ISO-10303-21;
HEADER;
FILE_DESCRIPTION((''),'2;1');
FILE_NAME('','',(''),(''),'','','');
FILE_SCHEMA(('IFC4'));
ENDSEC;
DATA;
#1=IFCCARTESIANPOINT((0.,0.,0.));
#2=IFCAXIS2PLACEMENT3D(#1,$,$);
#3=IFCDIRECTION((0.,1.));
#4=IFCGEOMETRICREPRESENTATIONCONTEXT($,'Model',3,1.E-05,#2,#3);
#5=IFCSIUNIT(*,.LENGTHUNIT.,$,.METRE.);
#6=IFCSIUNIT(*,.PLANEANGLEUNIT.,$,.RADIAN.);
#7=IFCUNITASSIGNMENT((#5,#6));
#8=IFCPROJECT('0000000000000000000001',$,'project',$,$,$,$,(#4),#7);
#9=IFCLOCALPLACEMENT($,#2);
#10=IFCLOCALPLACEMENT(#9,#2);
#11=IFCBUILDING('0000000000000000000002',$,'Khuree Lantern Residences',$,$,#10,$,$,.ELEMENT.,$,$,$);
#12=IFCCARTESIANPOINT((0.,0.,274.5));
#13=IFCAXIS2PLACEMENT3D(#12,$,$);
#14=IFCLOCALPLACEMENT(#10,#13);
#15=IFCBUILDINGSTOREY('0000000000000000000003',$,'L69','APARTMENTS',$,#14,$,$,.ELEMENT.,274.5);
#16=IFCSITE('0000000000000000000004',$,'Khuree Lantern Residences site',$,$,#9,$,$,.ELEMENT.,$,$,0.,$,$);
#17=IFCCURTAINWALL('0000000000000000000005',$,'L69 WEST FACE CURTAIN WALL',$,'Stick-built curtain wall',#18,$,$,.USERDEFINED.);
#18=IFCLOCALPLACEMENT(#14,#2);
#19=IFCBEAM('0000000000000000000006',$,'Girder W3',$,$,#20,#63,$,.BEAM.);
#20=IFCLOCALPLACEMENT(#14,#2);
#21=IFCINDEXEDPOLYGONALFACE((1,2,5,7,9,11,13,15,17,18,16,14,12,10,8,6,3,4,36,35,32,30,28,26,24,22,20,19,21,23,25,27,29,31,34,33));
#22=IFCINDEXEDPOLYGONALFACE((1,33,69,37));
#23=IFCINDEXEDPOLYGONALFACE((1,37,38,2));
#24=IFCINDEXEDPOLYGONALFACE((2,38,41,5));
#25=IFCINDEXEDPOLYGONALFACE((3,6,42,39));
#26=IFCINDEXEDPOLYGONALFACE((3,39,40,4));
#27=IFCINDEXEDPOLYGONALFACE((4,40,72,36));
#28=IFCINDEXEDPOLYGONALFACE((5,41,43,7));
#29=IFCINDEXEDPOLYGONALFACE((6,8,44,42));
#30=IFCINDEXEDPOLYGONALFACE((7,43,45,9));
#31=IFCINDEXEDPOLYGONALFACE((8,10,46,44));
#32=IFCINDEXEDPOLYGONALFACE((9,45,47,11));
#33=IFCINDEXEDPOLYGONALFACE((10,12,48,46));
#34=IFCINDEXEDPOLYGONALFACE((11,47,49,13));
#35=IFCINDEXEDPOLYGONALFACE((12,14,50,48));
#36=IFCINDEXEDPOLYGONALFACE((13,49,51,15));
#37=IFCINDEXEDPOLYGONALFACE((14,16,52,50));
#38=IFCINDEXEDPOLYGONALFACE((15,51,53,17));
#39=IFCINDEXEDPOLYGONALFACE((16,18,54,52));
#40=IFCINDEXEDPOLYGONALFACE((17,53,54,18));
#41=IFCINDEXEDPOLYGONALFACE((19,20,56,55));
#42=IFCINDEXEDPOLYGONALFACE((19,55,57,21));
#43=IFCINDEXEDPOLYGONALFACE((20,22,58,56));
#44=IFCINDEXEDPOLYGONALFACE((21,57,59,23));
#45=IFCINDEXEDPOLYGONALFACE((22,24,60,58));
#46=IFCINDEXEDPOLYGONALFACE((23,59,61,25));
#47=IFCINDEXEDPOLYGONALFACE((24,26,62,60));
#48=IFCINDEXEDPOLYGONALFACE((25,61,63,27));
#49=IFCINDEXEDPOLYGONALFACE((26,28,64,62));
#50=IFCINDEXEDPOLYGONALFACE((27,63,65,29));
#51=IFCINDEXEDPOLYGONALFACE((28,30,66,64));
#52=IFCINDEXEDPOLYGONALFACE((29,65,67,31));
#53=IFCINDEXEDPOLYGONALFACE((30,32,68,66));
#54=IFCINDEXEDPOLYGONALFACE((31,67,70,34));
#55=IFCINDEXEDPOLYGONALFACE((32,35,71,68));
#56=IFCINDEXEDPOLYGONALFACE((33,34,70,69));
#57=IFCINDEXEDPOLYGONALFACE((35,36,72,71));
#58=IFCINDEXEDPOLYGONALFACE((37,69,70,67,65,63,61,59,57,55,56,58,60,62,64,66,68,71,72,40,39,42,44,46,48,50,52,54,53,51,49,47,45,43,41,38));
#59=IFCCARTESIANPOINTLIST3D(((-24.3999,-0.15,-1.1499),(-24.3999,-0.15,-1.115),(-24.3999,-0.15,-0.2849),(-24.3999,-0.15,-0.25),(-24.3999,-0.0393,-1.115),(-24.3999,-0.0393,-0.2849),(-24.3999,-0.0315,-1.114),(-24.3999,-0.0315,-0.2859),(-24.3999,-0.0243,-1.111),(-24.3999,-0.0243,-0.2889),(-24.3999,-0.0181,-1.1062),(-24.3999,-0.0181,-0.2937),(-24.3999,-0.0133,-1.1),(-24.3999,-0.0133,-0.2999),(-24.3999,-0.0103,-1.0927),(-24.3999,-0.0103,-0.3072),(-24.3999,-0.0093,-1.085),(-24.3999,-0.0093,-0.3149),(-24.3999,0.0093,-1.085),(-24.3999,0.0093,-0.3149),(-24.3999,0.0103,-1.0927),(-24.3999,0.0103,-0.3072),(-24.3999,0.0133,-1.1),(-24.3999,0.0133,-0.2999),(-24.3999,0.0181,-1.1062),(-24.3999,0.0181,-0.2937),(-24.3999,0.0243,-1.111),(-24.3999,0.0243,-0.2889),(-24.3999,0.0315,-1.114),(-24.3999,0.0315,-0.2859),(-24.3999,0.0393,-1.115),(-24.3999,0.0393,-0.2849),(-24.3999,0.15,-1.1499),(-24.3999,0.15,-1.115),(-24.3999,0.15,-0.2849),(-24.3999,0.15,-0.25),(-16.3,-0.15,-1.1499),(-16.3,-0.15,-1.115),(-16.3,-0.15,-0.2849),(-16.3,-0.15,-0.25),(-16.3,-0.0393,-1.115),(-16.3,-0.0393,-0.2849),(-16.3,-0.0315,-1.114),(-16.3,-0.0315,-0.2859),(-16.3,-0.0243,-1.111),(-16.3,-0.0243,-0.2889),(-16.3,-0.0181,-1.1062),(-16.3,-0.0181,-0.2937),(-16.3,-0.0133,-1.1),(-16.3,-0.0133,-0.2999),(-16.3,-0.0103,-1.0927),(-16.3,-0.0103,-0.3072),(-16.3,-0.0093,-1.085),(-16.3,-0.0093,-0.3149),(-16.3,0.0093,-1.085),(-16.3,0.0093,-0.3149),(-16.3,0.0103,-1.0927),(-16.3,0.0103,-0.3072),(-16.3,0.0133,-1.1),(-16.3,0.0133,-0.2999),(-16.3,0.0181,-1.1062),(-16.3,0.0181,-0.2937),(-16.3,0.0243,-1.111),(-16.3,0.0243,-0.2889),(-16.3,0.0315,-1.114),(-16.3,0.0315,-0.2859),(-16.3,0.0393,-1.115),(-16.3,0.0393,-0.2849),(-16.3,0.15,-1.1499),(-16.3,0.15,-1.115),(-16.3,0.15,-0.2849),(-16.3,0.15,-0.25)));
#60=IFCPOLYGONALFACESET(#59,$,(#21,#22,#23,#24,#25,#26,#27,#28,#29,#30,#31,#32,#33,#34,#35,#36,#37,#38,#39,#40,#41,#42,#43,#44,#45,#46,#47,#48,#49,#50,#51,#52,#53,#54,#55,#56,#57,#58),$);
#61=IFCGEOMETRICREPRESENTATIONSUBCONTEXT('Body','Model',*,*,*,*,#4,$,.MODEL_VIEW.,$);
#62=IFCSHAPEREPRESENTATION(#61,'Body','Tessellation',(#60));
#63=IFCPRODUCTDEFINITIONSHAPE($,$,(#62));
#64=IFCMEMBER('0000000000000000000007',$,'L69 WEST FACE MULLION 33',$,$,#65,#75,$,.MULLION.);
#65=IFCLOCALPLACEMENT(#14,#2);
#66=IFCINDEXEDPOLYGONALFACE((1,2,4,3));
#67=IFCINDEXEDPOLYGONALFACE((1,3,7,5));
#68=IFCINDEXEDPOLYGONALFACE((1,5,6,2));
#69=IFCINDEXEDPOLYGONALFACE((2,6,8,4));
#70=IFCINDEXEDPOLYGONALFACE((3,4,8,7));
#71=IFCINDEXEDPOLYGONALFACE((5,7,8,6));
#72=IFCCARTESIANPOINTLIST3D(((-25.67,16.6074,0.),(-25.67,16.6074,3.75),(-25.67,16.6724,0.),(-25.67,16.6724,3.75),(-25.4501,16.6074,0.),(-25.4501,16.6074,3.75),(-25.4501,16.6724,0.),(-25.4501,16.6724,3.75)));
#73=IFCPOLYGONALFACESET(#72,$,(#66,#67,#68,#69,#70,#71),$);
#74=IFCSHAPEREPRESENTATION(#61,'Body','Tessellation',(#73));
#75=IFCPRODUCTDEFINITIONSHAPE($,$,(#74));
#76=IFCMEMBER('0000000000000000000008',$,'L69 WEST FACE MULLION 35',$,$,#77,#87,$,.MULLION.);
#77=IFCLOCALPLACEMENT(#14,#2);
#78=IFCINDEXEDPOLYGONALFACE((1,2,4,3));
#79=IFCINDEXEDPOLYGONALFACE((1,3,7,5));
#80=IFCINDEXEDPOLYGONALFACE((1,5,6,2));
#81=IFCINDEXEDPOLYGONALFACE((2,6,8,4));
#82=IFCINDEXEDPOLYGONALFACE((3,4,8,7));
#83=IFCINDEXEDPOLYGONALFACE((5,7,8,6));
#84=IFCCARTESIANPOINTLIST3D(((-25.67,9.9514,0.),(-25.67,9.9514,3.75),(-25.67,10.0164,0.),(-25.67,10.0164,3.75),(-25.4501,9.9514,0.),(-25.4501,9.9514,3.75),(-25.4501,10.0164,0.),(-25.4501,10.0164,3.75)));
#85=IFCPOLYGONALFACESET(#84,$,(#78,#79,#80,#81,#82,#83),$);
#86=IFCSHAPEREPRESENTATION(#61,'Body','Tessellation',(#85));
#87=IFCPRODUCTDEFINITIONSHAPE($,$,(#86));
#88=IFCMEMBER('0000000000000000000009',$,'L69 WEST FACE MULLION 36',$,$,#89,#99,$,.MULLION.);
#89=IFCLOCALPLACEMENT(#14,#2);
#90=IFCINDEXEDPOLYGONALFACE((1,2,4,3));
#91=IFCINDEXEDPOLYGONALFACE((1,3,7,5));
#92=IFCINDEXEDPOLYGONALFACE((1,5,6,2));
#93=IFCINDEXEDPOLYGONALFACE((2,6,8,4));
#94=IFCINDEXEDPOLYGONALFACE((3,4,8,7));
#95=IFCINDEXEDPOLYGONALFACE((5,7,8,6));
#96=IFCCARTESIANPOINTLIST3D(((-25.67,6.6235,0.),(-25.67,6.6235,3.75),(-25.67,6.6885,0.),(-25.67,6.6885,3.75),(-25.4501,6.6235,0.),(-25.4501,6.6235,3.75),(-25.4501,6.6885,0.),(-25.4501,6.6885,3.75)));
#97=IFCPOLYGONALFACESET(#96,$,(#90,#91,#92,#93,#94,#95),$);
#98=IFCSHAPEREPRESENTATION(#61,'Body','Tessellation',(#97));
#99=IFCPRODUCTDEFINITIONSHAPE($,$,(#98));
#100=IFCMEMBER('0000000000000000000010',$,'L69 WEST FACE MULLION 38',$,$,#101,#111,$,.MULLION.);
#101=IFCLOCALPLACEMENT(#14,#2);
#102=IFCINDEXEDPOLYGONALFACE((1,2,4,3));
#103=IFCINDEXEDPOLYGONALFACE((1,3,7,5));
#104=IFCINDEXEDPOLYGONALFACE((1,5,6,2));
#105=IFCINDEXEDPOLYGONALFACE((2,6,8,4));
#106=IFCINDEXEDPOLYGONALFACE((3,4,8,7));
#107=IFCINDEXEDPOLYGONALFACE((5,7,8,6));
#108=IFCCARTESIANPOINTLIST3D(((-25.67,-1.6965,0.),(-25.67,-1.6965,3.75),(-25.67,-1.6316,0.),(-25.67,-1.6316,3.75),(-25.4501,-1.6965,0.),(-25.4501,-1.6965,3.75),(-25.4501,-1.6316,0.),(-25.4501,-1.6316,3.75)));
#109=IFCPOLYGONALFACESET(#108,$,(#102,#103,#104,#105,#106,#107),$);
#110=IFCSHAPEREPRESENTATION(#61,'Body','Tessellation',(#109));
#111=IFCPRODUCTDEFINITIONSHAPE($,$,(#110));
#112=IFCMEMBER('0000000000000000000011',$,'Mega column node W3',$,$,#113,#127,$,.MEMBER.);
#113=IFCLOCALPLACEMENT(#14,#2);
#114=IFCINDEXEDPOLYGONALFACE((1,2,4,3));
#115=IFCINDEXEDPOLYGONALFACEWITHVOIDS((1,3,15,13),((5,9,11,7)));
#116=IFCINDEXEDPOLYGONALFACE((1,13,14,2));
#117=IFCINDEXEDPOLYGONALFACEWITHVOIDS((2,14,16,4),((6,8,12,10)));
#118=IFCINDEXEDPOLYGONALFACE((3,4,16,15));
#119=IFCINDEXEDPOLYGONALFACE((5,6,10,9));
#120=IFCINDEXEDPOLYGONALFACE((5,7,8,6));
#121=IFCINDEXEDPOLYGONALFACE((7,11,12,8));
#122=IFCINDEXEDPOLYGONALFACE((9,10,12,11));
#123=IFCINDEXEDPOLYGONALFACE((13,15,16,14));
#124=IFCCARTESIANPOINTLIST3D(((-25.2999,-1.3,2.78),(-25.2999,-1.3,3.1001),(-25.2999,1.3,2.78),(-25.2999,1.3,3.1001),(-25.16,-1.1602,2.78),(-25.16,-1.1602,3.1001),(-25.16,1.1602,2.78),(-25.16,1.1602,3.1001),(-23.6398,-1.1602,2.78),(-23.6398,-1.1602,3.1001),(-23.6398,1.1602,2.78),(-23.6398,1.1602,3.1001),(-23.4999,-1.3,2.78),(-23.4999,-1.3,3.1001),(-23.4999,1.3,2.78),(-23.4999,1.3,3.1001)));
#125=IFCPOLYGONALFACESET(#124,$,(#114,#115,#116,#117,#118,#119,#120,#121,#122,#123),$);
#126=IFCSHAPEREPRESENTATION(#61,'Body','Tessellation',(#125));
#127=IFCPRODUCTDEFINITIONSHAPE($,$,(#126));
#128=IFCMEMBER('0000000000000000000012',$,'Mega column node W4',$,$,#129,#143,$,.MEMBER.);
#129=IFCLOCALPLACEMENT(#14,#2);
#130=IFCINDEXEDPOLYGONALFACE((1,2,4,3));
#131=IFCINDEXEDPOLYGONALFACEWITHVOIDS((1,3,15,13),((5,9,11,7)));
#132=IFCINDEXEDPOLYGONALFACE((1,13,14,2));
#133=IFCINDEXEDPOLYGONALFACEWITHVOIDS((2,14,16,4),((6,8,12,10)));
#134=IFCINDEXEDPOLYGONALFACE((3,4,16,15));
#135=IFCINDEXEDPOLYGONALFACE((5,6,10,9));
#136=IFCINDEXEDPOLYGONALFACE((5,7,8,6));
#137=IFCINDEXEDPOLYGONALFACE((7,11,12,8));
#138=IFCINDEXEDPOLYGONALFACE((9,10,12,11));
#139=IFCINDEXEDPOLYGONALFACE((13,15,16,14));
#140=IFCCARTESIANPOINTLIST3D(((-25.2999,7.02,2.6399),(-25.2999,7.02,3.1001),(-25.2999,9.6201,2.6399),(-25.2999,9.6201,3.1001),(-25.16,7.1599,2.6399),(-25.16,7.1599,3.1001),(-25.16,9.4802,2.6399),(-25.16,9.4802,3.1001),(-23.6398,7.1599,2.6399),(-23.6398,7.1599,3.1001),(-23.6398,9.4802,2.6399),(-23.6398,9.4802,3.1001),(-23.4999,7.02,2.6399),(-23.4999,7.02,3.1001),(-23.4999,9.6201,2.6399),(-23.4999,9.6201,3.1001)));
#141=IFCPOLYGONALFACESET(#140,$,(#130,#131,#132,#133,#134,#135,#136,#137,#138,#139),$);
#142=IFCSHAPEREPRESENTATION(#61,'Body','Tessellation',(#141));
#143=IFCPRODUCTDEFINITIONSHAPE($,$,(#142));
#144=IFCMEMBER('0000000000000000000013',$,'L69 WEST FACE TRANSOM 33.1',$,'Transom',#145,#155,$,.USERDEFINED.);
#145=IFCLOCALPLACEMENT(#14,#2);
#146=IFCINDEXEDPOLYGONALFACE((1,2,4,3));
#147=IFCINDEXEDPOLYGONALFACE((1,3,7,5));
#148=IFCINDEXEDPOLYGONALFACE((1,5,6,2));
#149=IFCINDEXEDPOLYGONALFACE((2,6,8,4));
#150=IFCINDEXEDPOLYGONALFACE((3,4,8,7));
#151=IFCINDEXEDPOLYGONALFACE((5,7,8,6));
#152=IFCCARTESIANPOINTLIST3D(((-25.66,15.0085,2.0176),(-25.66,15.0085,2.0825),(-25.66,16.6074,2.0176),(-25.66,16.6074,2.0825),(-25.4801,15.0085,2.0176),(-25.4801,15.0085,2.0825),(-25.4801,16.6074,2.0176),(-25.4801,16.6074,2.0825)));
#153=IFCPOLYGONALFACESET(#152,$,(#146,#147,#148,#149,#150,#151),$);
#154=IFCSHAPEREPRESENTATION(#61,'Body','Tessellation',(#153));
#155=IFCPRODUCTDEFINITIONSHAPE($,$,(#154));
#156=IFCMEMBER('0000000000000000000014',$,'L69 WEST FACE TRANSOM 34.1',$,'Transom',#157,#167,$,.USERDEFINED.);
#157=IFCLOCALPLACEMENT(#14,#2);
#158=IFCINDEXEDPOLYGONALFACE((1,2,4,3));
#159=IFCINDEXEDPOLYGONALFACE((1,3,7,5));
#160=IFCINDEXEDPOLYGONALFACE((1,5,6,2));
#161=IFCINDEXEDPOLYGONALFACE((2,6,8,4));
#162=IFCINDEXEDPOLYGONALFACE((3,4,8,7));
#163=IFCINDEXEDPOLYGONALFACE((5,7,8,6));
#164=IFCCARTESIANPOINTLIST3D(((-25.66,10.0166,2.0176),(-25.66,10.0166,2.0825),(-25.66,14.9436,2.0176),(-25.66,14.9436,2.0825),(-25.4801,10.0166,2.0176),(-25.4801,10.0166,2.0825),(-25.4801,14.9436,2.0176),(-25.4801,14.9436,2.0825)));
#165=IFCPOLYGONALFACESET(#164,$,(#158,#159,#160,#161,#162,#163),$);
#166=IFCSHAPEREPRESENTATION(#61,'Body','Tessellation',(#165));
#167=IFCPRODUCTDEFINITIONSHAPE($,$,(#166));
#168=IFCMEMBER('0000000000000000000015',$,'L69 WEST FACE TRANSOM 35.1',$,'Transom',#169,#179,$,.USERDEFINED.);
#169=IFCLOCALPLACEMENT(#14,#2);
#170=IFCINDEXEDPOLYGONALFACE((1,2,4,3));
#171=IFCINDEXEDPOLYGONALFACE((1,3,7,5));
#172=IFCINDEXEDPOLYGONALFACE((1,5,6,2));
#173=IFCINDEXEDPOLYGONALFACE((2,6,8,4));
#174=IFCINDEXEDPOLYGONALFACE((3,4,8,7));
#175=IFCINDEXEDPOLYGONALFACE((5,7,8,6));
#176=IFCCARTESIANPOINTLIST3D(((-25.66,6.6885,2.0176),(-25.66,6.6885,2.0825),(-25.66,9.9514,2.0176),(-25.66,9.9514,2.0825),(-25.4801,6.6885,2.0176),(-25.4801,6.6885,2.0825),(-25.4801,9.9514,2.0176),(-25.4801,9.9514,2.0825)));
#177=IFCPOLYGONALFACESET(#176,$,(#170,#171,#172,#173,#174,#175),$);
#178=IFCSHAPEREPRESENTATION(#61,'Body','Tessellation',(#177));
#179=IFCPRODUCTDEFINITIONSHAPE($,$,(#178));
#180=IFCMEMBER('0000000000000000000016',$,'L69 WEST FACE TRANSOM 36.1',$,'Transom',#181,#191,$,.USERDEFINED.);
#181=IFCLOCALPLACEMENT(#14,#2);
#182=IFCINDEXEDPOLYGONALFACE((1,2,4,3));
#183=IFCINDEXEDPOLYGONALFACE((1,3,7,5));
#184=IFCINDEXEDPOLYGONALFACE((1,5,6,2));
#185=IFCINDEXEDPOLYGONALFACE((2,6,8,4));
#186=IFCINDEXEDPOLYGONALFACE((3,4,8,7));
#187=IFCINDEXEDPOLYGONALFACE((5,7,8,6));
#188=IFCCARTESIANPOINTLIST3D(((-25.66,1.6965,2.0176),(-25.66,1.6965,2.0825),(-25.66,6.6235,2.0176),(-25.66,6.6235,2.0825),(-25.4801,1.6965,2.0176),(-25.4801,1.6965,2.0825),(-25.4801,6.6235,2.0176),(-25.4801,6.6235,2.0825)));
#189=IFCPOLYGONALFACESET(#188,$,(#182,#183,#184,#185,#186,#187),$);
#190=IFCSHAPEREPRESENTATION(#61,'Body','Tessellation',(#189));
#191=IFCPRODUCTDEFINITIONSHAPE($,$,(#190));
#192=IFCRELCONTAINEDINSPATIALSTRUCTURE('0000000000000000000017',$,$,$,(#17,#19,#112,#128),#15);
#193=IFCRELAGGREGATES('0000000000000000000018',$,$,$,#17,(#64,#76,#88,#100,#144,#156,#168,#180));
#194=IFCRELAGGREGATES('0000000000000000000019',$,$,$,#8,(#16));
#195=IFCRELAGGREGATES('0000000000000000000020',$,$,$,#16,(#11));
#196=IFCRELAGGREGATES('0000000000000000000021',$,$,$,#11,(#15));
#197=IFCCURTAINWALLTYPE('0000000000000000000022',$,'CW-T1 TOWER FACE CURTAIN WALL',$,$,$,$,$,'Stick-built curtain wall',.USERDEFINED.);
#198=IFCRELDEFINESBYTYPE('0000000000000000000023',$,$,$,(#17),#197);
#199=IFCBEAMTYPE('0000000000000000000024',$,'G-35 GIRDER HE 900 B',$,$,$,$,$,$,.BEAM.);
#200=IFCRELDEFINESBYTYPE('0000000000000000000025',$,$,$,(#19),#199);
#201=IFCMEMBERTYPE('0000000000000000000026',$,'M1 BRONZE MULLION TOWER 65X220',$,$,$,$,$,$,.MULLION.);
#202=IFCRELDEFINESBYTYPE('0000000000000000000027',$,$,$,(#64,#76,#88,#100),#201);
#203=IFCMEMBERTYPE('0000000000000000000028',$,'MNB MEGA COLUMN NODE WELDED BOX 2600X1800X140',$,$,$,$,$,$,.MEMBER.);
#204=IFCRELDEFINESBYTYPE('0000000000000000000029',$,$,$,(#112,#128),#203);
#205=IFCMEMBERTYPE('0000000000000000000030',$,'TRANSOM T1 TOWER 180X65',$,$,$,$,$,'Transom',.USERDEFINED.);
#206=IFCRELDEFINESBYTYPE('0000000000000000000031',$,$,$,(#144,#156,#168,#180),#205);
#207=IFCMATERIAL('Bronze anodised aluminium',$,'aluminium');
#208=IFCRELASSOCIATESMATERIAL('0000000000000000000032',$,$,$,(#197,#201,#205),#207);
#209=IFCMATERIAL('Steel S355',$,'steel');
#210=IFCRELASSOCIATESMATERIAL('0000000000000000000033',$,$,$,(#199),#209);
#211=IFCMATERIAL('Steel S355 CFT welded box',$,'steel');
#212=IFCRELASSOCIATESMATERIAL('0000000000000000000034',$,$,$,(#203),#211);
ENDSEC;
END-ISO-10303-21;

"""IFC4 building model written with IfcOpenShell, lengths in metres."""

from ifc_helpers import new_model, si_unit, direction, frame, origin, origin_2d, place, context, subcontext, project, spatial, rectangle, hollow_rectangle, i_section, extrude, material, material_profile, profile_set, type_object, element, aggregate, save


model = new_model("IFC4")

# Units and contexts
model_context = context("Model", 3, precision=1e-05, world=origin(), true_north=direction((0.0, 1.0)))
body_context = subcontext(model_context, "Body", "Model", "MODEL_VIEW")
ifc_project = project(units=[si_unit("LENGTHUNIT", "METRE"), si_unit("PLANEANGLEUNIT", "RADIAN")], contexts=[model_context])

# Site, building, storey
site_placement = place(None, origin())
site = spatial("IfcSite", under=ifc_project, at=site_placement, Name="Khuree Lantern Residences site", CompositionType="ELEMENT", RefElevation=0.0)
building_placement = place(site_placement, origin())
building = spatial("IfcBuilding", under=site, at=building_placement, Name="Khuree Lantern Residences", CompositionType="ELEMENT")
storey_placement = place(building_placement, frame((0.0, 0.0, 274.5)))
storey = spatial("IfcBuildingStorey", under=building, at=storey_placement, Name="L69", Description="APARTMENTS", CompositionType="ELEMENT", Elevation=274.5)

# Shared definitions
ifc_material_1 = material(Name="Steel S355 CFT welded box", Category="steel")

# Shared definitions
ifc_material_2 = material(Name="Steel S355", Category="steel")

# Curtain wall
ifc_material_3 = material(Name="Bronze anodised aluminium", Category="aluminium")
curtain_wall_type = type_object("IfcCurtainWallType", Name="CW-T1 TOWER FACE CURTAIN WALL", ElementType="Stick-built curtain wall", PredefinedType="USERDEFINED", material=ifc_material_3)
curtain_wall_placement = place(storey_placement, origin())
curtain_wall = element("IfcCurtainWall", 1, at=curtain_wall_placement, inside=storey, type_object=curtain_wall_type, Name="L69 WEST FACE CURTAIN WALL", ObjectType="Stick-built curtain wall", PredefinedType="USERDEFINED")

# Beam
ifc_material_profile_1 = material_profile(ifc_material_2, i_section(OverallWidth=0.3, OverallDepth=0.8999, WebThickness=0.0186, FlangeThickness=0.0349, FilletRadius=0.03, at=origin_2d()), Name="HE 900 B")
ifc_profile_set_1 = profile_set([ifc_material_profile_1], Name="Steel S355")
beam_type_1 = type_object("IfcBeamType", Name="G-35 GIRDER HE 900 B", PredefinedType="BEAM", material=ifc_profile_set_1)
beam_1_placement = place(storey_placement, frame((-24.3999, 0.0, -0.7), z_axis=(1.0, 0.0, 0.0), x_axis=(0.0, 1.0, 0.0)))
element("IfcBeam", 2, at=beam_1_placement, inside=storey, type_object=beam_type_1, Name="Girder W3", PredefinedType="BEAM", context=body_context, shape_type="SweptSolid", body=[
    extrude(i_section(OverallWidth=0.3, OverallDepth=0.8999, WebThickness=0.0186, FlangeThickness=0.0349, FilletRadius=0.03, at=origin_2d()), origin(), (0.0, 0.0, 1.0), 8.0999),
])

# Members
ifc_material_profile_2 = material_profile(ifc_material_3, rectangle(XDim=0.0649, YDim=0.22, at=origin_2d()), Name="M1 65X220")
ifc_profile_set_2 = profile_set([ifc_material_profile_2], Name="Bronze anodised aluminium")
member_type_1 = type_object("IfcMemberType", Name="M1 BRONZE MULLION TOWER 65X220", PredefinedType="MULLION", material=ifc_profile_set_2)
member_1_placement = place(storey_placement, frame((-25.5601, 16.6399, 0.0), z_axis=(0.0, 0.0, 1.0), x_axis=(0.0, -1.0, 0.0)))
member_1 = element("IfcMember", 3, at=member_1_placement, type_object=member_type_1, Name="L69 WEST FACE MULLION 33", PredefinedType="MULLION", context=body_context, shape_type="SweptSolid", body=[
    extrude(rectangle(XDim=0.0649, YDim=0.22, at=origin_2d()), origin(), (0.0, 0.0, 1.0), 3.75),
])
member_2_placement = place(storey_placement, frame((-25.5601, 9.9839, 0.0), z_axis=(0.0, 0.0, 1.0), x_axis=(0.0, -1.0, 0.0)))
member_2 = element("IfcMember", 4, at=member_2_placement, type_object=member_type_1, Name="L69 WEST FACE MULLION 35", PredefinedType="MULLION", context=body_context, shape_type="SweptSolid", body=[
    extrude(rectangle(XDim=0.0649, YDim=0.22, at=origin_2d()), origin(), (0.0, 0.0, 1.0), 3.75),
])
member_3_placement = place(storey_placement, frame((-25.5601, 6.656, 0.0), z_axis=(0.0, 0.0, 1.0), x_axis=(0.0, -1.0, 0.0)))
member_3 = element("IfcMember", 5, at=member_3_placement, type_object=member_type_1, Name="L69 WEST FACE MULLION 36", PredefinedType="MULLION", context=body_context, shape_type="SweptSolid", body=[
    extrude(rectangle(XDim=0.0649, YDim=0.22, at=origin_2d()), origin(), (0.0, 0.0, 1.0), 3.75),
])
member_4_placement = place(storey_placement, frame((-25.5601, -1.6641, 0.0), z_axis=(0.0, 0.0, 1.0), x_axis=(0.0, -1.0, 0.0)))
member_4 = element("IfcMember", 6, at=member_4_placement, type_object=member_type_1, Name="L69 WEST FACE MULLION 38", PredefinedType="MULLION", context=body_context, shape_type="SweptSolid", body=[
    extrude(rectangle(XDim=0.0649, YDim=0.22, at=origin_2d()), origin(), (0.0, 0.0, 1.0), 3.75),
])

# Members
ifc_material_profile_3 = material_profile(ifc_material_1, hollow_rectangle(XDim=2.6001, YDim=1.8, WallThickness=0.1399, at=origin_2d()), Name="WELDED BOX 2600X1800X140")
ifc_profile_set_3 = profile_set([ifc_material_profile_3], Name="Steel S355 CFT welded box")
member_type_2 = type_object("IfcMemberType", Name="MNB MEGA COLUMN NODE WELDED BOX 2600X1800X140", PredefinedType="MEMBER", material=ifc_profile_set_3)
member_5_placement = place(storey_placement, frame((-24.3999, 0.0, 2.78), z_axis=(0.0, 0.0, 1.0), x_axis=(0.0, 1.0, 0.0)))
element("IfcMember", 7, at=member_5_placement, inside=storey, type_object=member_type_2, Name="Mega column node W3", PredefinedType="MEMBER", context=body_context, shape_type="SweptSolid", body=[
    extrude(hollow_rectangle(XDim=2.6001, YDim=1.8, WallThickness=0.1399, at=origin_2d()), origin(), (0.0, 0.0, 1.0), 0.3201),
])
member_6_placement = place(storey_placement, frame((-24.3999, 8.3201, 2.6399), z_axis=(0.0, 0.0, 1.0), x_axis=(0.0, 1.0, 0.0)))
element("IfcMember", 8, at=member_6_placement, inside=storey, type_object=member_type_2, Name="Mega column node W4", PredefinedType="MEMBER", context=body_context, shape_type="SweptSolid", body=[
    extrude(hollow_rectangle(XDim=2.6001, YDim=1.8, WallThickness=0.1399, at=origin_2d()), origin(), (0.0, 0.0, 1.0), 0.4602),
])

# Members
ifc_material_profile_4 = material_profile(ifc_material_3, rectangle(XDim=0.1799, YDim=0.0649, at=origin_2d()), Name="T1 180X65")
ifc_profile_set_4 = profile_set([ifc_material_profile_4], Name="Bronze anodised aluminium")
member_type_3 = type_object("IfcMemberType", Name="TRANSOM T1 TOWER 180X65", ElementType="Transom", PredefinedType="USERDEFINED", material=ifc_profile_set_4)
member_7_placement = place(storey_placement, frame((-25.5701, 16.6074, 2.05), z_axis=(0.0, -1.0, 0.0), x_axis=(1.0, 0.0, 0.0)))
member_7 = element("IfcMember", 9, at=member_7_placement, type_object=member_type_3, Name="L69 WEST FACE TRANSOM 33.1", ObjectType="Transom", PredefinedType="USERDEFINED", context=body_context, shape_type="SweptSolid", body=[
    extrude(rectangle(XDim=0.1799, YDim=0.0649, at=origin_2d()), origin(), (0.0, 0.0, 1.0), 1.5989),
])
member_8_placement = place(storey_placement, frame((-25.5701, 14.9436, 2.05), z_axis=(0.0, -1.0, 0.0), x_axis=(1.0, 0.0, 0.0)))
member_8 = element("IfcMember", 10, at=member_8_placement, type_object=member_type_3, Name="L69 WEST FACE TRANSOM 34.1", ObjectType="Transom", PredefinedType="USERDEFINED", context=body_context, shape_type="SweptSolid", body=[
    extrude(rectangle(XDim=0.1799, YDim=0.0649, at=origin_2d()), origin(), (0.0, 0.0, 1.0), 4.927),
])
member_9_placement = place(storey_placement, frame((-25.5701, 9.9514, 2.05), z_axis=(0.0, -1.0, 0.0), x_axis=(1.0, 0.0, 0.0)))
member_9 = element("IfcMember", 11, at=member_9_placement, type_object=member_type_3, Name="L69 WEST FACE TRANSOM 35.1", ObjectType="Transom", PredefinedType="USERDEFINED", context=body_context, shape_type="SweptSolid", body=[
    extrude(rectangle(XDim=0.1799, YDim=0.0649, at=origin_2d()), origin(), (0.0, 0.0, 1.0), 3.2629),
])
member_10_placement = place(storey_placement, frame((-25.5701, 6.6235, 2.05), z_axis=(0.0, -1.0, 0.0), x_axis=(1.0, 0.0, 0.0)))
member_10 = element("IfcMember", 12, at=member_10_placement, type_object=member_type_3, Name="L69 WEST FACE TRANSOM 36.1", ObjectType="Transom", PredefinedType="USERDEFINED", context=body_context, shape_type="SweptSolid", body=[
    extrude(rectangle(XDim=0.1799, YDim=0.0649, at=origin_2d()), origin(), (0.0, 0.0, 1.0), 4.927),
])

aggregate(curtain_wall, [member_1, member_2, member_3, member_4, member_7, member_8, member_9, member_10])

save(model, "model.ifc")
